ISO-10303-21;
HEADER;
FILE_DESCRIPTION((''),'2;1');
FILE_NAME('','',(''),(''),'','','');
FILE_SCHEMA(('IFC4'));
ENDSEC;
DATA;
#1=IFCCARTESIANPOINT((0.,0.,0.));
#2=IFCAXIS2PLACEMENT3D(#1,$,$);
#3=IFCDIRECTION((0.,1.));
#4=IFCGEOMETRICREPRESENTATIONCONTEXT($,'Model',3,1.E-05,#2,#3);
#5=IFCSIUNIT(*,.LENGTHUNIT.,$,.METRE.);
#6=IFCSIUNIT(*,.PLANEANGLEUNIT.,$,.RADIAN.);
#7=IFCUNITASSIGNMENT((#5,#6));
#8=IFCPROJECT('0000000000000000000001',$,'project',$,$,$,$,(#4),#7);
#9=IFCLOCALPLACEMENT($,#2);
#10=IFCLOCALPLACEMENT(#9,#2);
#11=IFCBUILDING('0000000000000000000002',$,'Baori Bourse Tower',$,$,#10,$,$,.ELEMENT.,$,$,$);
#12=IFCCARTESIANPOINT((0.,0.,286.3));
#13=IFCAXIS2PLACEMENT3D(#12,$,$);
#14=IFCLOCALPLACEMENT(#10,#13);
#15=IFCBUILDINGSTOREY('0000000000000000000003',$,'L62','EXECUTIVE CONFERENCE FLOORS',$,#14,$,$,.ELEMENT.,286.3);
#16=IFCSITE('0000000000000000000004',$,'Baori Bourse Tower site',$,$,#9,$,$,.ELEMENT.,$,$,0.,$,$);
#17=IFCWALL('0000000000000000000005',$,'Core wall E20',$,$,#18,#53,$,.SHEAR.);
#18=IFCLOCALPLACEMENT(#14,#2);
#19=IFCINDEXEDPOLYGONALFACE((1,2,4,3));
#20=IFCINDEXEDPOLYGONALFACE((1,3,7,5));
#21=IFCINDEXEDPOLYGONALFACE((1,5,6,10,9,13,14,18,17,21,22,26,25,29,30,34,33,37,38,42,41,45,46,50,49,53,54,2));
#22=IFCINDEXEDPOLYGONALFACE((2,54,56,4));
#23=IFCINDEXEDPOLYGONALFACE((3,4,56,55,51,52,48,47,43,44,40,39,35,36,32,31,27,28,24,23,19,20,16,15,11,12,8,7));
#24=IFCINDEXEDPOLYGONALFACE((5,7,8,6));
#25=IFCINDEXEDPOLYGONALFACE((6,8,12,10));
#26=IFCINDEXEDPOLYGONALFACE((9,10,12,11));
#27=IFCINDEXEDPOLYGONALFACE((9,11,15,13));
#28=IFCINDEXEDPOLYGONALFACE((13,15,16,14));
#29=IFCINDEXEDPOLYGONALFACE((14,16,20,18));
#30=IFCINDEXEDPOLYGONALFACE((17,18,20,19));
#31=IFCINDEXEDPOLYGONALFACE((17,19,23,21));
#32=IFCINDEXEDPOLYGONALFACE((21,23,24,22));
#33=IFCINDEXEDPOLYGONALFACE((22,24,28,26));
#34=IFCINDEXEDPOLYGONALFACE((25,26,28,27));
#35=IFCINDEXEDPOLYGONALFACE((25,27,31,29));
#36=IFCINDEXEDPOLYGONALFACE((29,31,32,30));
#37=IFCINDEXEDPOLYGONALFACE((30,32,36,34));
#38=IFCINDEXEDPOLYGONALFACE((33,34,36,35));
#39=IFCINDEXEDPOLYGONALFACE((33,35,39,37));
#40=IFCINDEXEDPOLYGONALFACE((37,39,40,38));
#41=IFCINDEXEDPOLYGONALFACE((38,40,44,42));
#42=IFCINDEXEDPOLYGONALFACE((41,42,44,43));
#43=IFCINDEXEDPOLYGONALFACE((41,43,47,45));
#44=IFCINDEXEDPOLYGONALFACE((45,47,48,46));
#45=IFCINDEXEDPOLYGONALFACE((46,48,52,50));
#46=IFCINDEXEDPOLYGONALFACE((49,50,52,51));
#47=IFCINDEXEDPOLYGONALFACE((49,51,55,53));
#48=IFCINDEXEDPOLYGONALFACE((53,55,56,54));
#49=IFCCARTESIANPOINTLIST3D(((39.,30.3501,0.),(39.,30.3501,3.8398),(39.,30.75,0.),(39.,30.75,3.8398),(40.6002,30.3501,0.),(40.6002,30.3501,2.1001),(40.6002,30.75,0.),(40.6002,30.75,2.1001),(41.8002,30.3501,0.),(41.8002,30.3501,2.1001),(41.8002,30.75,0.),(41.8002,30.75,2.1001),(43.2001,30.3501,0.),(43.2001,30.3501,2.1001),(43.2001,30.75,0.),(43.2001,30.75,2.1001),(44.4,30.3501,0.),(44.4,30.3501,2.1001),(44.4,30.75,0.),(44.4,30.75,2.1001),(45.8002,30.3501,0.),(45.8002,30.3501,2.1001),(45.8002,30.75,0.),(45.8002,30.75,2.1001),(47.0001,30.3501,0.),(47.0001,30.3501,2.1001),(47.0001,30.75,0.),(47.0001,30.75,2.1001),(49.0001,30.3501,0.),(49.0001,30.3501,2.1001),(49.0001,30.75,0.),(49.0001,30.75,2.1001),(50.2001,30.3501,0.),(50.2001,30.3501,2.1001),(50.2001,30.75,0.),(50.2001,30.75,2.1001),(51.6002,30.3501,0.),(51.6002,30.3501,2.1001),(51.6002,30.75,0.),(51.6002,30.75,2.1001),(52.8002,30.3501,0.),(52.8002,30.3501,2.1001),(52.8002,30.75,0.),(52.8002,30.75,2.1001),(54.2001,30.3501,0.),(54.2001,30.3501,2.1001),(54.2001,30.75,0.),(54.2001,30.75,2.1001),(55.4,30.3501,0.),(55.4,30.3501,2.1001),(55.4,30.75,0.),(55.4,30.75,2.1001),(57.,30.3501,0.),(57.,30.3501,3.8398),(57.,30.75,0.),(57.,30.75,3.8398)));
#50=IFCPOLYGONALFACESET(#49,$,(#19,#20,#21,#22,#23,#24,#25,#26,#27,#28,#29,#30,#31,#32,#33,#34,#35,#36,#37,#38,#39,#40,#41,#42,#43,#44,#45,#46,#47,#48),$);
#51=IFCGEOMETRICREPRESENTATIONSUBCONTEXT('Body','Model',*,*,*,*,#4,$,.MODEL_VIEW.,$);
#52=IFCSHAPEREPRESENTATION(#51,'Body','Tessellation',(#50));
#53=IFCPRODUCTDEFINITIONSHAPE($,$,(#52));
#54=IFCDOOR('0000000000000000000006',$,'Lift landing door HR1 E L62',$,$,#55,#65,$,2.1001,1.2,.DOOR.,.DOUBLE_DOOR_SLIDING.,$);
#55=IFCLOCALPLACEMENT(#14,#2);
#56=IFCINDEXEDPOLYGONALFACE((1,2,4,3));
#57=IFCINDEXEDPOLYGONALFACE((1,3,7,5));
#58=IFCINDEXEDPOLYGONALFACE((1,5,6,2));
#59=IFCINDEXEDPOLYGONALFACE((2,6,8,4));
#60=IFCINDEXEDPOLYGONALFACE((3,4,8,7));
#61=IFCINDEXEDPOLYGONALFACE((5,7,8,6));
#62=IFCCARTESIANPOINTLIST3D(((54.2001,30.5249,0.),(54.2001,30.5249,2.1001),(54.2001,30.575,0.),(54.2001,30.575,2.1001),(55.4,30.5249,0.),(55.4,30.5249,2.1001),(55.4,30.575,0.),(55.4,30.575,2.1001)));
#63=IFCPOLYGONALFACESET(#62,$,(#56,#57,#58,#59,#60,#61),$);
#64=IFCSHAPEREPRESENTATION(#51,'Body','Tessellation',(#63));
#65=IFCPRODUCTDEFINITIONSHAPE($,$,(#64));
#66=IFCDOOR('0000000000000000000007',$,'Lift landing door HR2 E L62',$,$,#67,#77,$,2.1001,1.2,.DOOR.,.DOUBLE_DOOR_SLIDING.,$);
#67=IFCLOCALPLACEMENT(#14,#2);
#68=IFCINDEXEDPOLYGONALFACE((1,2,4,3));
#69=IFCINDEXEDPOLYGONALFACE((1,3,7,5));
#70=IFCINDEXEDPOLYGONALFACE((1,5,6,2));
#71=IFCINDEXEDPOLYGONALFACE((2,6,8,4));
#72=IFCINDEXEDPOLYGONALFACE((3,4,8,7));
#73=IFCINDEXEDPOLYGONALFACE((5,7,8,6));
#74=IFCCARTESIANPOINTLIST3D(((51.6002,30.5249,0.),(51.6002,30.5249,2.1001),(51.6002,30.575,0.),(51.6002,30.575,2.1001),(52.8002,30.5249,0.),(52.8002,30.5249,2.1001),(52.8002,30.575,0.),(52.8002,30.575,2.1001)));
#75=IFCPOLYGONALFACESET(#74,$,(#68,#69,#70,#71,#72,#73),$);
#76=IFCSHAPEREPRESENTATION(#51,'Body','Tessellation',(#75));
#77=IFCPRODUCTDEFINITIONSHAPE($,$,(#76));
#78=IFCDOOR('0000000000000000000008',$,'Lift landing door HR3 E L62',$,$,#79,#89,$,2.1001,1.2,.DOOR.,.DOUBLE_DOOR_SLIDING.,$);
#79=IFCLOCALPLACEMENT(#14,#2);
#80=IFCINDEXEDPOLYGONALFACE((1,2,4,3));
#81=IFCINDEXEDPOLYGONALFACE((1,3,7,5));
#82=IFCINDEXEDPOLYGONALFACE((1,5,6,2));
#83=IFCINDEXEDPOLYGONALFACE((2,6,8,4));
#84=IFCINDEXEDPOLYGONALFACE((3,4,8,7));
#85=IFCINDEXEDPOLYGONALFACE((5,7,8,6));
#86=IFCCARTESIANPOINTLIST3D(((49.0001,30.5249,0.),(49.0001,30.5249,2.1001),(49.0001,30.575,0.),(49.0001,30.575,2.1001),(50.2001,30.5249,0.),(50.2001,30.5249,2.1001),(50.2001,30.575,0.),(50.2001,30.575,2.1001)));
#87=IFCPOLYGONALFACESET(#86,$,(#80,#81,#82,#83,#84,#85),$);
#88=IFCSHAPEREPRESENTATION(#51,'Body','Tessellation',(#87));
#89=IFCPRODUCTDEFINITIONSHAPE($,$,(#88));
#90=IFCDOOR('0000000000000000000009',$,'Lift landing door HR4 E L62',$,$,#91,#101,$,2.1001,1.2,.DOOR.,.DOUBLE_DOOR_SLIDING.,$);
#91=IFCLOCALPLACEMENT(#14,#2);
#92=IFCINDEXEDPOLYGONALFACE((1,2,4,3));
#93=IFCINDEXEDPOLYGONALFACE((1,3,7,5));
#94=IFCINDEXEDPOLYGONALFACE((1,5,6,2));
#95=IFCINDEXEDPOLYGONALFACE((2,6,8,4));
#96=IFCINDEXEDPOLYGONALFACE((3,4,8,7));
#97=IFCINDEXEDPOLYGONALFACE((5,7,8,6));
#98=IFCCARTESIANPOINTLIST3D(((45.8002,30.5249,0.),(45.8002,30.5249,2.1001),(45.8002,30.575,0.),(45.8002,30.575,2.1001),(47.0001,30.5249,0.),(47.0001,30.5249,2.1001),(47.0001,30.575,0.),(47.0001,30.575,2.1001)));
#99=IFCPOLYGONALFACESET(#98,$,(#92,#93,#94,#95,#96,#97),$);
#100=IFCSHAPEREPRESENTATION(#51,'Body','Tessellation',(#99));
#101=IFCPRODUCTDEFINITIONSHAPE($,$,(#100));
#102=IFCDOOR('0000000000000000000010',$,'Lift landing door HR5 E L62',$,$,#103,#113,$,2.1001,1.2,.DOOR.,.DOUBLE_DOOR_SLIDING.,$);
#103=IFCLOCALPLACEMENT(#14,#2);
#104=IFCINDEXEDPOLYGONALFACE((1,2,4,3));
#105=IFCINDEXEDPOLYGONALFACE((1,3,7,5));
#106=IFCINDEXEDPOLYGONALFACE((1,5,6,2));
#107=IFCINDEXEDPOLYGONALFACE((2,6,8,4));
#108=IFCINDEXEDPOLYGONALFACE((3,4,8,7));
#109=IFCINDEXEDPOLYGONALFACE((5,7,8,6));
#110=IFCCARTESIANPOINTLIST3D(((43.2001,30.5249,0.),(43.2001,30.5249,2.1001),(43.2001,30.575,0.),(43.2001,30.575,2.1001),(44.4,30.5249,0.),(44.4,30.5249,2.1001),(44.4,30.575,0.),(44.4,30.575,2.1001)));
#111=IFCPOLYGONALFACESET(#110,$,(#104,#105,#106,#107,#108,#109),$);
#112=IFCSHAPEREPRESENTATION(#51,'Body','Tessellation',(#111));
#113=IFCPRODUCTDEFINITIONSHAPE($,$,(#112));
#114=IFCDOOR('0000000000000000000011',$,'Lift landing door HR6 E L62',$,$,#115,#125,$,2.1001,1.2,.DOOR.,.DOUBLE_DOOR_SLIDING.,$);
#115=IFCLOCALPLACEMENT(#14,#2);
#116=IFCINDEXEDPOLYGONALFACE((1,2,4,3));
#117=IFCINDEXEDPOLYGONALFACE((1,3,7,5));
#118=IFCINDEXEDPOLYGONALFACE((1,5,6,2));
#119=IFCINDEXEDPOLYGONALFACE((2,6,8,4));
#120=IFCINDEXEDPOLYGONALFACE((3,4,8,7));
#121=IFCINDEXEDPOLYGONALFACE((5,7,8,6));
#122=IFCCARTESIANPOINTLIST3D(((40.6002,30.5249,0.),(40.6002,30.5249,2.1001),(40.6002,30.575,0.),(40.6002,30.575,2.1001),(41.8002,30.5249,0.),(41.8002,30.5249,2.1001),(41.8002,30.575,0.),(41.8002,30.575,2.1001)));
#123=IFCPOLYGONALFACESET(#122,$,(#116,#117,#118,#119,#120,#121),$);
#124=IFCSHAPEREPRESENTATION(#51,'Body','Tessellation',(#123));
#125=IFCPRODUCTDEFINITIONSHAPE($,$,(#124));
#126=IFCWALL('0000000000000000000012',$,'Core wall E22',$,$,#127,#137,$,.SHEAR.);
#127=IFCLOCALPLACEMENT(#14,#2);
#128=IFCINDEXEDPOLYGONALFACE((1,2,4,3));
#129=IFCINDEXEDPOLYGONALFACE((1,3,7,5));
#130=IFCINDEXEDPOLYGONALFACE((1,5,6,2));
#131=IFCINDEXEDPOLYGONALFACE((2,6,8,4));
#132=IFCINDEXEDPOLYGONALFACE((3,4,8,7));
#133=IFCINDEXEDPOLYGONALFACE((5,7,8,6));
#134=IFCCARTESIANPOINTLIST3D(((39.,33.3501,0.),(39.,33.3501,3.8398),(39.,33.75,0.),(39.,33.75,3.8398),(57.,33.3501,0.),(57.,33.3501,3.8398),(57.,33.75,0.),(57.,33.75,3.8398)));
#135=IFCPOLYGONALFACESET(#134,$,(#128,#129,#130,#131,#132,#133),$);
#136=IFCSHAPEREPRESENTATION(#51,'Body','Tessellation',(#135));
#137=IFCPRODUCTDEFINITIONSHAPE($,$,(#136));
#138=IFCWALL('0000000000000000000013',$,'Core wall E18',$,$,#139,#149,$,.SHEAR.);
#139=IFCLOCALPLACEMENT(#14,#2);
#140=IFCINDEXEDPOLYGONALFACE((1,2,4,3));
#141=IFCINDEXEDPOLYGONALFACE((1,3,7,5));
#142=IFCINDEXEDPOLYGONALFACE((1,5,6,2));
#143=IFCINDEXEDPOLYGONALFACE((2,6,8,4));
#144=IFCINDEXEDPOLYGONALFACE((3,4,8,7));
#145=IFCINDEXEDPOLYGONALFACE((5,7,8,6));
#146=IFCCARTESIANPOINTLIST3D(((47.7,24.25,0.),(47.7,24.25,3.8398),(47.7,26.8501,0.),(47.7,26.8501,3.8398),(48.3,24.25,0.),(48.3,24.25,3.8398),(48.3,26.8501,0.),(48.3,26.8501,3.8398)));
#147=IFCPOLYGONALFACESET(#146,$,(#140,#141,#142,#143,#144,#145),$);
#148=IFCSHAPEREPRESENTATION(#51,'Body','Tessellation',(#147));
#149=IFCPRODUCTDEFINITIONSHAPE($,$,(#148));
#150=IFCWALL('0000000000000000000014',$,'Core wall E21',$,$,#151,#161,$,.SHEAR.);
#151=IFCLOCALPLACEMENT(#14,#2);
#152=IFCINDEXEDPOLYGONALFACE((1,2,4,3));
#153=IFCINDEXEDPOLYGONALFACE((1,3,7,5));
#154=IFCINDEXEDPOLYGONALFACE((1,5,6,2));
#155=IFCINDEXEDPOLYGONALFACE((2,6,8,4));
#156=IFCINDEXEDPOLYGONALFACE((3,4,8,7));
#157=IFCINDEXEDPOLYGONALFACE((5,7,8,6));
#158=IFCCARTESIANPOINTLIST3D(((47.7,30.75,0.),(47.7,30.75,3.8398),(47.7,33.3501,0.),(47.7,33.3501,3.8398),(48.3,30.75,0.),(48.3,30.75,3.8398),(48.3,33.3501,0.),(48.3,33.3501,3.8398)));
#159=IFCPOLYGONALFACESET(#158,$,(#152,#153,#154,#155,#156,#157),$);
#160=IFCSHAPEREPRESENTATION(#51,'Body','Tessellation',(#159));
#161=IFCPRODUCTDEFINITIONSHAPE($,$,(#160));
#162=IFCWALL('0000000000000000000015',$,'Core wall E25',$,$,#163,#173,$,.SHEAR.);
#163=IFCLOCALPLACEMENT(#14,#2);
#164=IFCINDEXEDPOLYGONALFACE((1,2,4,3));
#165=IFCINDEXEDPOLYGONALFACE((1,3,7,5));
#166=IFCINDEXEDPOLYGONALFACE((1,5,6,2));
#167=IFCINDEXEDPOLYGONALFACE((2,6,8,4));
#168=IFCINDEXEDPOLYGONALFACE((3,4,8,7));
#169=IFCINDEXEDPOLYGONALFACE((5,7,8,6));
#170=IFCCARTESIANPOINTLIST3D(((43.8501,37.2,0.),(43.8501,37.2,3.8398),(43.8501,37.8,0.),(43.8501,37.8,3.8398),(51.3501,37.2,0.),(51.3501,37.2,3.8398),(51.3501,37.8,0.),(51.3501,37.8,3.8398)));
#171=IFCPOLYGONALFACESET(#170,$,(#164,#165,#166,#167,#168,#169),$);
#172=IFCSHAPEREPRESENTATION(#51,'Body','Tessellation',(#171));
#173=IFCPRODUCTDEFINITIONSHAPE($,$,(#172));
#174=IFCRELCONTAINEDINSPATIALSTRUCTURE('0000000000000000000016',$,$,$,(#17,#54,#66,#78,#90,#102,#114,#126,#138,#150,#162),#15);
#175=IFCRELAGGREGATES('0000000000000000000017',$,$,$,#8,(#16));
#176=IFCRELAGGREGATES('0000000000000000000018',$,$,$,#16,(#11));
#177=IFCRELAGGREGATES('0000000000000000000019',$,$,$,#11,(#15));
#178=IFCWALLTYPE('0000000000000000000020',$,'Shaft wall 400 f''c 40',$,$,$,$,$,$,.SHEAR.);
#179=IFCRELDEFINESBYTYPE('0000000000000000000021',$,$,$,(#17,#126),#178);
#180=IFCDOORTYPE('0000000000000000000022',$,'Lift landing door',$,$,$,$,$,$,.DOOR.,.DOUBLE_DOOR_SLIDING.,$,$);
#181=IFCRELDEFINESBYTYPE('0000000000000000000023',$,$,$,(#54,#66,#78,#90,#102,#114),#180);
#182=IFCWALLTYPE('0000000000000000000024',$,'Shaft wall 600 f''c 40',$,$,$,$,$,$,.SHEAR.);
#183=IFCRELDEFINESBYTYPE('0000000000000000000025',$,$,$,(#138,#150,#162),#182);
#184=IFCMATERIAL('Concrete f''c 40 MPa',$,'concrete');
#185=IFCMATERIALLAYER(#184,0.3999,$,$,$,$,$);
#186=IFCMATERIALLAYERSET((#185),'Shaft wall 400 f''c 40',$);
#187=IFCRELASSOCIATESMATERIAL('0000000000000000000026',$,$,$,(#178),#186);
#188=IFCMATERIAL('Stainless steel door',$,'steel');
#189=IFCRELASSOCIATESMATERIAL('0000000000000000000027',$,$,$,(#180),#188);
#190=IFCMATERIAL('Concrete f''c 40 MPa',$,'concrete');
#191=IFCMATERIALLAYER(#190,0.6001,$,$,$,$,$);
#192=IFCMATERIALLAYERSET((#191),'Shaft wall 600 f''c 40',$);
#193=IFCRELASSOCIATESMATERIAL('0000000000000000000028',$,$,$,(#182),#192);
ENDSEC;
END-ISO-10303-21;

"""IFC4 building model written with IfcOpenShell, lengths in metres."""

from ifc_helpers import new_model, si_unit, direction, frame, frame_2d, origin, place, context, subcontext, project, spatial, rectangle, extrude, material, layer, layer_set, type_object, element, fill, save


model = new_model("IFC4")

# Units and contexts
model_context = context("Model", 3, precision=1e-05, world=origin(), true_north=direction((0.0, 1.0)))
body_context = subcontext(model_context, "Body", "Model", "MODEL_VIEW")
ifc_project = project(units=[si_unit("LENGTHUNIT", "METRE"), si_unit("PLANEANGLEUNIT", "RADIAN")], contexts=[model_context])

# Site, building, storey
site_placement = place(None, origin())
site = spatial("IfcSite", under=ifc_project, at=site_placement, Name="Baori Bourse Tower site", CompositionType="ELEMENT", RefElevation=0.0)
building_placement = place(site_placement, origin())
building = spatial("IfcBuilding", under=site, at=building_placement, Name="Baori Bourse Tower", CompositionType="ELEMENT")
storey_placement = place(building_placement, frame((0.0, 0.0, 286.3)))
storey = spatial("IfcBuildingStorey", under=building, at=storey_placement, Name="L62", Description="EXECUTIVE CONFERENCE FLOORS", CompositionType="ELEMENT", Elevation=286.3)

# Wall, openings, doors
ifc_material_1 = material(Name="Concrete f'c 40 MPa", Category="concrete")
ifc_layer_1 = layer(ifc_material_1, 0.3999)
ifc_layer_set_1 = layer_set([ifc_layer_1], Name="Shaft wall 400 f'c 40")
wall_type_1 = type_object("IfcWallType", Name="Shaft wall 400 f'c 40", PredefinedType="SHEAR", material=ifc_layer_set_1)
ifc_material_2 = material(Name="Stainless steel door", Category="steel")
door_type_1 = type_object("IfcDoorType", Name="Lift landing door", OperationType="DOUBLE_DOOR_SLIDING", PredefinedType="DOOR", material=ifc_material_2)
wall_1_placement = place(storey_placement, frame((39.0, 30.55, 0.0), z_axis=(0.0, 0.0, 1.0), x_axis=(1.0, 0.0, 0.0)))
wall_1 = element("IfcWall", 1, at=wall_1_placement, inside=storey, type_object=wall_type_1, Name="Core wall E20", PredefinedType="SHEAR", context=body_context, shape_type="SweptSolid", body=[
    extrude(rectangle(XDim=18.0, YDim=0.3999, at=frame_2d((9.0, 0.0))), origin(), (0.0, 0.0, 1.0), 3.8398),
])
opening_1_placement = place(wall_1_placement, frame((15.2, 0.0, 0.0)))
opening_1 = element("IfcOpeningElement", 2, at=opening_1_placement, cuts=wall_1, PredefinedType="OPENING", context=body_context, shape_type="SweptSolid", body=[
    extrude(rectangle(XDim=1.2, YDim=2.1001, at=frame_2d((0.6001, 1.05))), frame((0.0, 0.21, 0.0), z_axis=(0.0, -1.0, 0.0), x_axis=(1.0, 0.0, 0.0)), (0.0, 0.0, 1.0), 0.4199),
])
opening_2_placement = place(wall_1_placement, frame((12.6001, 0.0, 0.0)))
opening_2 = element("IfcOpeningElement", 3, at=opening_2_placement, cuts=wall_1, PredefinedType="OPENING", context=body_context, shape_type="SweptSolid", body=[
    extrude(rectangle(XDim=1.2, YDim=2.1001, at=frame_2d((0.6001, 1.05))), frame((0.0, 0.21, 0.0), z_axis=(0.0, -1.0, 0.0), x_axis=(1.0, 0.0, 0.0)), (0.0, 0.0, 1.0), 0.4199),
])
opening_3_placement = place(wall_1_placement, frame((10.0, 0.0, 0.0)))
opening_3 = element("IfcOpeningElement", 4, at=opening_3_placement, cuts=wall_1, PredefinedType="OPENING", context=body_context, shape_type="SweptSolid", body=[
    extrude(rectangle(XDim=1.2, YDim=2.1001, at=frame_2d((0.6001, 1.05))), frame((0.0, 0.21, 0.0), z_axis=(0.0, -1.0, 0.0), x_axis=(1.0, 0.0, 0.0)), (0.0, 0.0, 1.0), 0.4199),
])
opening_4_placement = place(wall_1_placement, frame((6.8, 0.0, 0.0)))
opening_4 = element("IfcOpeningElement", 5, at=opening_4_placement, cuts=wall_1, PredefinedType="OPENING", context=body_context, shape_type="SweptSolid", body=[
    extrude(rectangle(XDim=1.2, YDim=2.1001, at=frame_2d((0.6001, 1.05))), frame((0.0, 0.21, 0.0), z_axis=(0.0, -1.0, 0.0), x_axis=(1.0, 0.0, 0.0)), (0.0, 0.0, 1.0), 0.4199),
])
opening_5_placement = place(wall_1_placement, frame((4.2, 0.0, 0.0)))
opening_5 = element("IfcOpeningElement", 6, at=opening_5_placement, cuts=wall_1, PredefinedType="OPENING", context=body_context, shape_type="SweptSolid", body=[
    extrude(rectangle(XDim=1.2, YDim=2.1001, at=frame_2d((0.6001, 1.05))), frame((0.0, 0.21, 0.0), z_axis=(0.0, -1.0, 0.0), x_axis=(1.0, 0.0, 0.0)), (0.0, 0.0, 1.0), 0.4199),
])
opening_6_placement = place(wall_1_placement, frame((1.6001, 0.0, 0.0)))
opening_6 = element("IfcOpeningElement", 7, at=opening_6_placement, cuts=wall_1, PredefinedType="OPENING", context=body_context, shape_type="SweptSolid", body=[
    extrude(rectangle(XDim=1.2, YDim=2.1001, at=frame_2d((0.6001, 1.05))), frame((0.0, 0.21, 0.0), z_axis=(0.0, -1.0, 0.0), x_axis=(1.0, 0.0, 0.0)), (0.0, 0.0, 1.0), 0.4199),
])
door_1_placement = place(opening_1_placement, origin())
door_1 = element("IfcDoor", 8, at=door_1_placement, inside=storey, type_object=door_type_1, Name="Lift landing door HR1 E L62", OperationType="DOUBLE_DOOR_SLIDING", OverallHeight=2.1001, OverallWidth=1.2, PredefinedType="DOOR", context=body_context, shape_type="SweptSolid", body=[
    extrude(rectangle(XDim=1.2, YDim=2.1001, at=frame_2d((0.6001, 1.05))), frame((0.0, 0.0249, 0.0), z_axis=(0.0, -1.0, 0.0), x_axis=(1.0, 0.0, 0.0)), (0.0, 0.0, 1.0), 0.05),
])
fill(opening_1, door_1)
door_2_placement = place(opening_2_placement, origin())
door_2 = element("IfcDoor", 9, at=door_2_placement, inside=storey, type_object=door_type_1, Name="Lift landing door HR2 E L62", OperationType="DOUBLE_DOOR_SLIDING", OverallHeight=2.1001, OverallWidth=1.2, PredefinedType="DOOR", context=body_context, shape_type="SweptSolid", body=[
    extrude(rectangle(XDim=1.2, YDim=2.1001, at=frame_2d((0.6001, 1.05))), frame((0.0, 0.0249, 0.0), z_axis=(0.0, -1.0, 0.0), x_axis=(1.0, 0.0, 0.0)), (0.0, 0.0, 1.0), 0.05),
])
fill(opening_2, door_2)
door_3_placement = place(opening_3_placement, origin())
door_3 = element("IfcDoor", 10, at=door_3_placement, inside=storey, type_object=door_type_1, Name="Lift landing door HR3 E L62", OperationType="DOUBLE_DOOR_SLIDING", OverallHeight=2.1001, OverallWidth=1.2, PredefinedType="DOOR", context=body_context, shape_type="SweptSolid", body=[
    extrude(rectangle(XDim=1.2, YDim=2.1001, at=frame_2d((0.6001, 1.05))), frame((0.0, 0.0249, 0.0), z_axis=(0.0, -1.0, 0.0), x_axis=(1.0, 0.0, 0.0)), (0.0, 0.0, 1.0), 0.05),
])
fill(opening_3, door_3)
door_4_placement = place(opening_4_placement, origin())
door_4 = element("IfcDoor", 11, at=door_4_placement, inside=storey, type_object=door_type_1, Name="Lift landing door HR4 E L62", OperationType="DOUBLE_DOOR_SLIDING", OverallHeight=2.1001, OverallWidth=1.2, PredefinedType="DOOR", context=body_context, shape_type="SweptSolid", body=[
    extrude(rectangle(XDim=1.2, YDim=2.1001, at=frame_2d((0.6001, 1.05))), frame((0.0, 0.0249, 0.0), z_axis=(0.0, -1.0, 0.0), x_axis=(1.0, 0.0, 0.0)), (0.0, 0.0, 1.0), 0.05),
])
fill(opening_4, door_4)
door_5_placement = place(opening_5_placement, origin())
door_5 = element("IfcDoor", 12, at=door_5_placement, inside=storey, type_object=door_type_1, Name="Lift landing door HR5 E L62", OperationType="DOUBLE_DOOR_SLIDING", OverallHeight=2.1001, OverallWidth=1.2, PredefinedType="DOOR", context=body_context, shape_type="SweptSolid", body=[
    extrude(rectangle(XDim=1.2, YDim=2.1001, at=frame_2d((0.6001, 1.05))), frame((0.0, 0.0249, 0.0), z_axis=(0.0, -1.0, 0.0), x_axis=(1.0, 0.0, 0.0)), (0.0, 0.0, 1.0), 0.05),
])
fill(opening_5, door_5)
door_6_placement = place(opening_6_placement, origin())
door_6 = element("IfcDoor", 13, at=door_6_placement, inside=storey, type_object=door_type_1, Name="Lift landing door HR6 E L62", OperationType="DOUBLE_DOOR_SLIDING", OverallHeight=2.1001, OverallWidth=1.2, PredefinedType="DOOR", context=body_context, shape_type="SweptSolid", body=[
    extrude(rectangle(XDim=1.2, YDim=2.1001, at=frame_2d((0.6001, 1.05))), frame((0.0, 0.0249, 0.0), z_axis=(0.0, -1.0, 0.0), x_axis=(1.0, 0.0, 0.0)), (0.0, 0.0, 1.0), 0.05),
])
fill(opening_6, door_6)

# Walls
wall_2_placement = place(storey_placement, frame((39.0, 33.55, 0.0), z_axis=(0.0, 0.0, 1.0), x_axis=(1.0, 0.0, 0.0)))
element("IfcWall", 14, at=wall_2_placement, inside=storey, type_object=wall_type_1, Name="Core wall E22", PredefinedType="SHEAR", context=body_context, shape_type="SweptSolid", body=[
    extrude(rectangle(XDim=18.0, YDim=0.3999, at=frame_2d((9.0, 0.0))), origin(), (0.0, 0.0, 1.0), 3.8398),
])
ifc_material_3 = material(Name="Concrete f'c 40 MPa", Category="concrete")
ifc_layer_2 = layer(ifc_material_3, 0.6001)
ifc_layer_set_2 = layer_set([ifc_layer_2], Name="Shaft wall 600 f'c 40")
wall_type_2 = type_object("IfcWallType", Name="Shaft wall 600 f'c 40", PredefinedType="SHEAR", material=ifc_layer_set_2)
for number, where, z_axis, x_axis, name in (
    (15, (48.0, 24.25, 0.0), (0.0, 0.0, 1.0), (0.0, 1.0, 0.0), "Core wall E18"),
    (16, (48.0, 30.75, 0.0), (0.0, 0.0, 1.0), (0.0, 1.0, 0.0), "Core wall E21"),
):
    element("IfcWall", number, at=place(storey_placement, frame(where, z_axis=z_axis, x_axis=x_axis)), inside=storey, type_object=wall_type_2, Name=name, PredefinedType="SHEAR", context=body_context, shape_type="SweptSolid", body=[
        extrude(rectangle(XDim=2.6001, YDim=0.6001, at=frame_2d((1.3, 0.0))), origin(), (0.0, 0.0, 1.0), 3.8398),
    ])
wall_3_placement = place(storey_placement, frame((43.8501, 37.5, 0.0), z_axis=(0.0, 0.0, 1.0), x_axis=(1.0, 0.0, 0.0)))
element("IfcWall", 17, at=wall_3_placement, inside=storey, type_object=wall_type_2, Name="Core wall E25", PredefinedType="SHEAR", context=body_context, shape_type="SweptSolid", body=[
    extrude(rectangle(XDim=7.5, YDim=0.6001, at=frame_2d((3.75, 0.0))), origin(), (0.0, 0.0, 1.0), 3.8398),
])

save(model, "model.ifc")
